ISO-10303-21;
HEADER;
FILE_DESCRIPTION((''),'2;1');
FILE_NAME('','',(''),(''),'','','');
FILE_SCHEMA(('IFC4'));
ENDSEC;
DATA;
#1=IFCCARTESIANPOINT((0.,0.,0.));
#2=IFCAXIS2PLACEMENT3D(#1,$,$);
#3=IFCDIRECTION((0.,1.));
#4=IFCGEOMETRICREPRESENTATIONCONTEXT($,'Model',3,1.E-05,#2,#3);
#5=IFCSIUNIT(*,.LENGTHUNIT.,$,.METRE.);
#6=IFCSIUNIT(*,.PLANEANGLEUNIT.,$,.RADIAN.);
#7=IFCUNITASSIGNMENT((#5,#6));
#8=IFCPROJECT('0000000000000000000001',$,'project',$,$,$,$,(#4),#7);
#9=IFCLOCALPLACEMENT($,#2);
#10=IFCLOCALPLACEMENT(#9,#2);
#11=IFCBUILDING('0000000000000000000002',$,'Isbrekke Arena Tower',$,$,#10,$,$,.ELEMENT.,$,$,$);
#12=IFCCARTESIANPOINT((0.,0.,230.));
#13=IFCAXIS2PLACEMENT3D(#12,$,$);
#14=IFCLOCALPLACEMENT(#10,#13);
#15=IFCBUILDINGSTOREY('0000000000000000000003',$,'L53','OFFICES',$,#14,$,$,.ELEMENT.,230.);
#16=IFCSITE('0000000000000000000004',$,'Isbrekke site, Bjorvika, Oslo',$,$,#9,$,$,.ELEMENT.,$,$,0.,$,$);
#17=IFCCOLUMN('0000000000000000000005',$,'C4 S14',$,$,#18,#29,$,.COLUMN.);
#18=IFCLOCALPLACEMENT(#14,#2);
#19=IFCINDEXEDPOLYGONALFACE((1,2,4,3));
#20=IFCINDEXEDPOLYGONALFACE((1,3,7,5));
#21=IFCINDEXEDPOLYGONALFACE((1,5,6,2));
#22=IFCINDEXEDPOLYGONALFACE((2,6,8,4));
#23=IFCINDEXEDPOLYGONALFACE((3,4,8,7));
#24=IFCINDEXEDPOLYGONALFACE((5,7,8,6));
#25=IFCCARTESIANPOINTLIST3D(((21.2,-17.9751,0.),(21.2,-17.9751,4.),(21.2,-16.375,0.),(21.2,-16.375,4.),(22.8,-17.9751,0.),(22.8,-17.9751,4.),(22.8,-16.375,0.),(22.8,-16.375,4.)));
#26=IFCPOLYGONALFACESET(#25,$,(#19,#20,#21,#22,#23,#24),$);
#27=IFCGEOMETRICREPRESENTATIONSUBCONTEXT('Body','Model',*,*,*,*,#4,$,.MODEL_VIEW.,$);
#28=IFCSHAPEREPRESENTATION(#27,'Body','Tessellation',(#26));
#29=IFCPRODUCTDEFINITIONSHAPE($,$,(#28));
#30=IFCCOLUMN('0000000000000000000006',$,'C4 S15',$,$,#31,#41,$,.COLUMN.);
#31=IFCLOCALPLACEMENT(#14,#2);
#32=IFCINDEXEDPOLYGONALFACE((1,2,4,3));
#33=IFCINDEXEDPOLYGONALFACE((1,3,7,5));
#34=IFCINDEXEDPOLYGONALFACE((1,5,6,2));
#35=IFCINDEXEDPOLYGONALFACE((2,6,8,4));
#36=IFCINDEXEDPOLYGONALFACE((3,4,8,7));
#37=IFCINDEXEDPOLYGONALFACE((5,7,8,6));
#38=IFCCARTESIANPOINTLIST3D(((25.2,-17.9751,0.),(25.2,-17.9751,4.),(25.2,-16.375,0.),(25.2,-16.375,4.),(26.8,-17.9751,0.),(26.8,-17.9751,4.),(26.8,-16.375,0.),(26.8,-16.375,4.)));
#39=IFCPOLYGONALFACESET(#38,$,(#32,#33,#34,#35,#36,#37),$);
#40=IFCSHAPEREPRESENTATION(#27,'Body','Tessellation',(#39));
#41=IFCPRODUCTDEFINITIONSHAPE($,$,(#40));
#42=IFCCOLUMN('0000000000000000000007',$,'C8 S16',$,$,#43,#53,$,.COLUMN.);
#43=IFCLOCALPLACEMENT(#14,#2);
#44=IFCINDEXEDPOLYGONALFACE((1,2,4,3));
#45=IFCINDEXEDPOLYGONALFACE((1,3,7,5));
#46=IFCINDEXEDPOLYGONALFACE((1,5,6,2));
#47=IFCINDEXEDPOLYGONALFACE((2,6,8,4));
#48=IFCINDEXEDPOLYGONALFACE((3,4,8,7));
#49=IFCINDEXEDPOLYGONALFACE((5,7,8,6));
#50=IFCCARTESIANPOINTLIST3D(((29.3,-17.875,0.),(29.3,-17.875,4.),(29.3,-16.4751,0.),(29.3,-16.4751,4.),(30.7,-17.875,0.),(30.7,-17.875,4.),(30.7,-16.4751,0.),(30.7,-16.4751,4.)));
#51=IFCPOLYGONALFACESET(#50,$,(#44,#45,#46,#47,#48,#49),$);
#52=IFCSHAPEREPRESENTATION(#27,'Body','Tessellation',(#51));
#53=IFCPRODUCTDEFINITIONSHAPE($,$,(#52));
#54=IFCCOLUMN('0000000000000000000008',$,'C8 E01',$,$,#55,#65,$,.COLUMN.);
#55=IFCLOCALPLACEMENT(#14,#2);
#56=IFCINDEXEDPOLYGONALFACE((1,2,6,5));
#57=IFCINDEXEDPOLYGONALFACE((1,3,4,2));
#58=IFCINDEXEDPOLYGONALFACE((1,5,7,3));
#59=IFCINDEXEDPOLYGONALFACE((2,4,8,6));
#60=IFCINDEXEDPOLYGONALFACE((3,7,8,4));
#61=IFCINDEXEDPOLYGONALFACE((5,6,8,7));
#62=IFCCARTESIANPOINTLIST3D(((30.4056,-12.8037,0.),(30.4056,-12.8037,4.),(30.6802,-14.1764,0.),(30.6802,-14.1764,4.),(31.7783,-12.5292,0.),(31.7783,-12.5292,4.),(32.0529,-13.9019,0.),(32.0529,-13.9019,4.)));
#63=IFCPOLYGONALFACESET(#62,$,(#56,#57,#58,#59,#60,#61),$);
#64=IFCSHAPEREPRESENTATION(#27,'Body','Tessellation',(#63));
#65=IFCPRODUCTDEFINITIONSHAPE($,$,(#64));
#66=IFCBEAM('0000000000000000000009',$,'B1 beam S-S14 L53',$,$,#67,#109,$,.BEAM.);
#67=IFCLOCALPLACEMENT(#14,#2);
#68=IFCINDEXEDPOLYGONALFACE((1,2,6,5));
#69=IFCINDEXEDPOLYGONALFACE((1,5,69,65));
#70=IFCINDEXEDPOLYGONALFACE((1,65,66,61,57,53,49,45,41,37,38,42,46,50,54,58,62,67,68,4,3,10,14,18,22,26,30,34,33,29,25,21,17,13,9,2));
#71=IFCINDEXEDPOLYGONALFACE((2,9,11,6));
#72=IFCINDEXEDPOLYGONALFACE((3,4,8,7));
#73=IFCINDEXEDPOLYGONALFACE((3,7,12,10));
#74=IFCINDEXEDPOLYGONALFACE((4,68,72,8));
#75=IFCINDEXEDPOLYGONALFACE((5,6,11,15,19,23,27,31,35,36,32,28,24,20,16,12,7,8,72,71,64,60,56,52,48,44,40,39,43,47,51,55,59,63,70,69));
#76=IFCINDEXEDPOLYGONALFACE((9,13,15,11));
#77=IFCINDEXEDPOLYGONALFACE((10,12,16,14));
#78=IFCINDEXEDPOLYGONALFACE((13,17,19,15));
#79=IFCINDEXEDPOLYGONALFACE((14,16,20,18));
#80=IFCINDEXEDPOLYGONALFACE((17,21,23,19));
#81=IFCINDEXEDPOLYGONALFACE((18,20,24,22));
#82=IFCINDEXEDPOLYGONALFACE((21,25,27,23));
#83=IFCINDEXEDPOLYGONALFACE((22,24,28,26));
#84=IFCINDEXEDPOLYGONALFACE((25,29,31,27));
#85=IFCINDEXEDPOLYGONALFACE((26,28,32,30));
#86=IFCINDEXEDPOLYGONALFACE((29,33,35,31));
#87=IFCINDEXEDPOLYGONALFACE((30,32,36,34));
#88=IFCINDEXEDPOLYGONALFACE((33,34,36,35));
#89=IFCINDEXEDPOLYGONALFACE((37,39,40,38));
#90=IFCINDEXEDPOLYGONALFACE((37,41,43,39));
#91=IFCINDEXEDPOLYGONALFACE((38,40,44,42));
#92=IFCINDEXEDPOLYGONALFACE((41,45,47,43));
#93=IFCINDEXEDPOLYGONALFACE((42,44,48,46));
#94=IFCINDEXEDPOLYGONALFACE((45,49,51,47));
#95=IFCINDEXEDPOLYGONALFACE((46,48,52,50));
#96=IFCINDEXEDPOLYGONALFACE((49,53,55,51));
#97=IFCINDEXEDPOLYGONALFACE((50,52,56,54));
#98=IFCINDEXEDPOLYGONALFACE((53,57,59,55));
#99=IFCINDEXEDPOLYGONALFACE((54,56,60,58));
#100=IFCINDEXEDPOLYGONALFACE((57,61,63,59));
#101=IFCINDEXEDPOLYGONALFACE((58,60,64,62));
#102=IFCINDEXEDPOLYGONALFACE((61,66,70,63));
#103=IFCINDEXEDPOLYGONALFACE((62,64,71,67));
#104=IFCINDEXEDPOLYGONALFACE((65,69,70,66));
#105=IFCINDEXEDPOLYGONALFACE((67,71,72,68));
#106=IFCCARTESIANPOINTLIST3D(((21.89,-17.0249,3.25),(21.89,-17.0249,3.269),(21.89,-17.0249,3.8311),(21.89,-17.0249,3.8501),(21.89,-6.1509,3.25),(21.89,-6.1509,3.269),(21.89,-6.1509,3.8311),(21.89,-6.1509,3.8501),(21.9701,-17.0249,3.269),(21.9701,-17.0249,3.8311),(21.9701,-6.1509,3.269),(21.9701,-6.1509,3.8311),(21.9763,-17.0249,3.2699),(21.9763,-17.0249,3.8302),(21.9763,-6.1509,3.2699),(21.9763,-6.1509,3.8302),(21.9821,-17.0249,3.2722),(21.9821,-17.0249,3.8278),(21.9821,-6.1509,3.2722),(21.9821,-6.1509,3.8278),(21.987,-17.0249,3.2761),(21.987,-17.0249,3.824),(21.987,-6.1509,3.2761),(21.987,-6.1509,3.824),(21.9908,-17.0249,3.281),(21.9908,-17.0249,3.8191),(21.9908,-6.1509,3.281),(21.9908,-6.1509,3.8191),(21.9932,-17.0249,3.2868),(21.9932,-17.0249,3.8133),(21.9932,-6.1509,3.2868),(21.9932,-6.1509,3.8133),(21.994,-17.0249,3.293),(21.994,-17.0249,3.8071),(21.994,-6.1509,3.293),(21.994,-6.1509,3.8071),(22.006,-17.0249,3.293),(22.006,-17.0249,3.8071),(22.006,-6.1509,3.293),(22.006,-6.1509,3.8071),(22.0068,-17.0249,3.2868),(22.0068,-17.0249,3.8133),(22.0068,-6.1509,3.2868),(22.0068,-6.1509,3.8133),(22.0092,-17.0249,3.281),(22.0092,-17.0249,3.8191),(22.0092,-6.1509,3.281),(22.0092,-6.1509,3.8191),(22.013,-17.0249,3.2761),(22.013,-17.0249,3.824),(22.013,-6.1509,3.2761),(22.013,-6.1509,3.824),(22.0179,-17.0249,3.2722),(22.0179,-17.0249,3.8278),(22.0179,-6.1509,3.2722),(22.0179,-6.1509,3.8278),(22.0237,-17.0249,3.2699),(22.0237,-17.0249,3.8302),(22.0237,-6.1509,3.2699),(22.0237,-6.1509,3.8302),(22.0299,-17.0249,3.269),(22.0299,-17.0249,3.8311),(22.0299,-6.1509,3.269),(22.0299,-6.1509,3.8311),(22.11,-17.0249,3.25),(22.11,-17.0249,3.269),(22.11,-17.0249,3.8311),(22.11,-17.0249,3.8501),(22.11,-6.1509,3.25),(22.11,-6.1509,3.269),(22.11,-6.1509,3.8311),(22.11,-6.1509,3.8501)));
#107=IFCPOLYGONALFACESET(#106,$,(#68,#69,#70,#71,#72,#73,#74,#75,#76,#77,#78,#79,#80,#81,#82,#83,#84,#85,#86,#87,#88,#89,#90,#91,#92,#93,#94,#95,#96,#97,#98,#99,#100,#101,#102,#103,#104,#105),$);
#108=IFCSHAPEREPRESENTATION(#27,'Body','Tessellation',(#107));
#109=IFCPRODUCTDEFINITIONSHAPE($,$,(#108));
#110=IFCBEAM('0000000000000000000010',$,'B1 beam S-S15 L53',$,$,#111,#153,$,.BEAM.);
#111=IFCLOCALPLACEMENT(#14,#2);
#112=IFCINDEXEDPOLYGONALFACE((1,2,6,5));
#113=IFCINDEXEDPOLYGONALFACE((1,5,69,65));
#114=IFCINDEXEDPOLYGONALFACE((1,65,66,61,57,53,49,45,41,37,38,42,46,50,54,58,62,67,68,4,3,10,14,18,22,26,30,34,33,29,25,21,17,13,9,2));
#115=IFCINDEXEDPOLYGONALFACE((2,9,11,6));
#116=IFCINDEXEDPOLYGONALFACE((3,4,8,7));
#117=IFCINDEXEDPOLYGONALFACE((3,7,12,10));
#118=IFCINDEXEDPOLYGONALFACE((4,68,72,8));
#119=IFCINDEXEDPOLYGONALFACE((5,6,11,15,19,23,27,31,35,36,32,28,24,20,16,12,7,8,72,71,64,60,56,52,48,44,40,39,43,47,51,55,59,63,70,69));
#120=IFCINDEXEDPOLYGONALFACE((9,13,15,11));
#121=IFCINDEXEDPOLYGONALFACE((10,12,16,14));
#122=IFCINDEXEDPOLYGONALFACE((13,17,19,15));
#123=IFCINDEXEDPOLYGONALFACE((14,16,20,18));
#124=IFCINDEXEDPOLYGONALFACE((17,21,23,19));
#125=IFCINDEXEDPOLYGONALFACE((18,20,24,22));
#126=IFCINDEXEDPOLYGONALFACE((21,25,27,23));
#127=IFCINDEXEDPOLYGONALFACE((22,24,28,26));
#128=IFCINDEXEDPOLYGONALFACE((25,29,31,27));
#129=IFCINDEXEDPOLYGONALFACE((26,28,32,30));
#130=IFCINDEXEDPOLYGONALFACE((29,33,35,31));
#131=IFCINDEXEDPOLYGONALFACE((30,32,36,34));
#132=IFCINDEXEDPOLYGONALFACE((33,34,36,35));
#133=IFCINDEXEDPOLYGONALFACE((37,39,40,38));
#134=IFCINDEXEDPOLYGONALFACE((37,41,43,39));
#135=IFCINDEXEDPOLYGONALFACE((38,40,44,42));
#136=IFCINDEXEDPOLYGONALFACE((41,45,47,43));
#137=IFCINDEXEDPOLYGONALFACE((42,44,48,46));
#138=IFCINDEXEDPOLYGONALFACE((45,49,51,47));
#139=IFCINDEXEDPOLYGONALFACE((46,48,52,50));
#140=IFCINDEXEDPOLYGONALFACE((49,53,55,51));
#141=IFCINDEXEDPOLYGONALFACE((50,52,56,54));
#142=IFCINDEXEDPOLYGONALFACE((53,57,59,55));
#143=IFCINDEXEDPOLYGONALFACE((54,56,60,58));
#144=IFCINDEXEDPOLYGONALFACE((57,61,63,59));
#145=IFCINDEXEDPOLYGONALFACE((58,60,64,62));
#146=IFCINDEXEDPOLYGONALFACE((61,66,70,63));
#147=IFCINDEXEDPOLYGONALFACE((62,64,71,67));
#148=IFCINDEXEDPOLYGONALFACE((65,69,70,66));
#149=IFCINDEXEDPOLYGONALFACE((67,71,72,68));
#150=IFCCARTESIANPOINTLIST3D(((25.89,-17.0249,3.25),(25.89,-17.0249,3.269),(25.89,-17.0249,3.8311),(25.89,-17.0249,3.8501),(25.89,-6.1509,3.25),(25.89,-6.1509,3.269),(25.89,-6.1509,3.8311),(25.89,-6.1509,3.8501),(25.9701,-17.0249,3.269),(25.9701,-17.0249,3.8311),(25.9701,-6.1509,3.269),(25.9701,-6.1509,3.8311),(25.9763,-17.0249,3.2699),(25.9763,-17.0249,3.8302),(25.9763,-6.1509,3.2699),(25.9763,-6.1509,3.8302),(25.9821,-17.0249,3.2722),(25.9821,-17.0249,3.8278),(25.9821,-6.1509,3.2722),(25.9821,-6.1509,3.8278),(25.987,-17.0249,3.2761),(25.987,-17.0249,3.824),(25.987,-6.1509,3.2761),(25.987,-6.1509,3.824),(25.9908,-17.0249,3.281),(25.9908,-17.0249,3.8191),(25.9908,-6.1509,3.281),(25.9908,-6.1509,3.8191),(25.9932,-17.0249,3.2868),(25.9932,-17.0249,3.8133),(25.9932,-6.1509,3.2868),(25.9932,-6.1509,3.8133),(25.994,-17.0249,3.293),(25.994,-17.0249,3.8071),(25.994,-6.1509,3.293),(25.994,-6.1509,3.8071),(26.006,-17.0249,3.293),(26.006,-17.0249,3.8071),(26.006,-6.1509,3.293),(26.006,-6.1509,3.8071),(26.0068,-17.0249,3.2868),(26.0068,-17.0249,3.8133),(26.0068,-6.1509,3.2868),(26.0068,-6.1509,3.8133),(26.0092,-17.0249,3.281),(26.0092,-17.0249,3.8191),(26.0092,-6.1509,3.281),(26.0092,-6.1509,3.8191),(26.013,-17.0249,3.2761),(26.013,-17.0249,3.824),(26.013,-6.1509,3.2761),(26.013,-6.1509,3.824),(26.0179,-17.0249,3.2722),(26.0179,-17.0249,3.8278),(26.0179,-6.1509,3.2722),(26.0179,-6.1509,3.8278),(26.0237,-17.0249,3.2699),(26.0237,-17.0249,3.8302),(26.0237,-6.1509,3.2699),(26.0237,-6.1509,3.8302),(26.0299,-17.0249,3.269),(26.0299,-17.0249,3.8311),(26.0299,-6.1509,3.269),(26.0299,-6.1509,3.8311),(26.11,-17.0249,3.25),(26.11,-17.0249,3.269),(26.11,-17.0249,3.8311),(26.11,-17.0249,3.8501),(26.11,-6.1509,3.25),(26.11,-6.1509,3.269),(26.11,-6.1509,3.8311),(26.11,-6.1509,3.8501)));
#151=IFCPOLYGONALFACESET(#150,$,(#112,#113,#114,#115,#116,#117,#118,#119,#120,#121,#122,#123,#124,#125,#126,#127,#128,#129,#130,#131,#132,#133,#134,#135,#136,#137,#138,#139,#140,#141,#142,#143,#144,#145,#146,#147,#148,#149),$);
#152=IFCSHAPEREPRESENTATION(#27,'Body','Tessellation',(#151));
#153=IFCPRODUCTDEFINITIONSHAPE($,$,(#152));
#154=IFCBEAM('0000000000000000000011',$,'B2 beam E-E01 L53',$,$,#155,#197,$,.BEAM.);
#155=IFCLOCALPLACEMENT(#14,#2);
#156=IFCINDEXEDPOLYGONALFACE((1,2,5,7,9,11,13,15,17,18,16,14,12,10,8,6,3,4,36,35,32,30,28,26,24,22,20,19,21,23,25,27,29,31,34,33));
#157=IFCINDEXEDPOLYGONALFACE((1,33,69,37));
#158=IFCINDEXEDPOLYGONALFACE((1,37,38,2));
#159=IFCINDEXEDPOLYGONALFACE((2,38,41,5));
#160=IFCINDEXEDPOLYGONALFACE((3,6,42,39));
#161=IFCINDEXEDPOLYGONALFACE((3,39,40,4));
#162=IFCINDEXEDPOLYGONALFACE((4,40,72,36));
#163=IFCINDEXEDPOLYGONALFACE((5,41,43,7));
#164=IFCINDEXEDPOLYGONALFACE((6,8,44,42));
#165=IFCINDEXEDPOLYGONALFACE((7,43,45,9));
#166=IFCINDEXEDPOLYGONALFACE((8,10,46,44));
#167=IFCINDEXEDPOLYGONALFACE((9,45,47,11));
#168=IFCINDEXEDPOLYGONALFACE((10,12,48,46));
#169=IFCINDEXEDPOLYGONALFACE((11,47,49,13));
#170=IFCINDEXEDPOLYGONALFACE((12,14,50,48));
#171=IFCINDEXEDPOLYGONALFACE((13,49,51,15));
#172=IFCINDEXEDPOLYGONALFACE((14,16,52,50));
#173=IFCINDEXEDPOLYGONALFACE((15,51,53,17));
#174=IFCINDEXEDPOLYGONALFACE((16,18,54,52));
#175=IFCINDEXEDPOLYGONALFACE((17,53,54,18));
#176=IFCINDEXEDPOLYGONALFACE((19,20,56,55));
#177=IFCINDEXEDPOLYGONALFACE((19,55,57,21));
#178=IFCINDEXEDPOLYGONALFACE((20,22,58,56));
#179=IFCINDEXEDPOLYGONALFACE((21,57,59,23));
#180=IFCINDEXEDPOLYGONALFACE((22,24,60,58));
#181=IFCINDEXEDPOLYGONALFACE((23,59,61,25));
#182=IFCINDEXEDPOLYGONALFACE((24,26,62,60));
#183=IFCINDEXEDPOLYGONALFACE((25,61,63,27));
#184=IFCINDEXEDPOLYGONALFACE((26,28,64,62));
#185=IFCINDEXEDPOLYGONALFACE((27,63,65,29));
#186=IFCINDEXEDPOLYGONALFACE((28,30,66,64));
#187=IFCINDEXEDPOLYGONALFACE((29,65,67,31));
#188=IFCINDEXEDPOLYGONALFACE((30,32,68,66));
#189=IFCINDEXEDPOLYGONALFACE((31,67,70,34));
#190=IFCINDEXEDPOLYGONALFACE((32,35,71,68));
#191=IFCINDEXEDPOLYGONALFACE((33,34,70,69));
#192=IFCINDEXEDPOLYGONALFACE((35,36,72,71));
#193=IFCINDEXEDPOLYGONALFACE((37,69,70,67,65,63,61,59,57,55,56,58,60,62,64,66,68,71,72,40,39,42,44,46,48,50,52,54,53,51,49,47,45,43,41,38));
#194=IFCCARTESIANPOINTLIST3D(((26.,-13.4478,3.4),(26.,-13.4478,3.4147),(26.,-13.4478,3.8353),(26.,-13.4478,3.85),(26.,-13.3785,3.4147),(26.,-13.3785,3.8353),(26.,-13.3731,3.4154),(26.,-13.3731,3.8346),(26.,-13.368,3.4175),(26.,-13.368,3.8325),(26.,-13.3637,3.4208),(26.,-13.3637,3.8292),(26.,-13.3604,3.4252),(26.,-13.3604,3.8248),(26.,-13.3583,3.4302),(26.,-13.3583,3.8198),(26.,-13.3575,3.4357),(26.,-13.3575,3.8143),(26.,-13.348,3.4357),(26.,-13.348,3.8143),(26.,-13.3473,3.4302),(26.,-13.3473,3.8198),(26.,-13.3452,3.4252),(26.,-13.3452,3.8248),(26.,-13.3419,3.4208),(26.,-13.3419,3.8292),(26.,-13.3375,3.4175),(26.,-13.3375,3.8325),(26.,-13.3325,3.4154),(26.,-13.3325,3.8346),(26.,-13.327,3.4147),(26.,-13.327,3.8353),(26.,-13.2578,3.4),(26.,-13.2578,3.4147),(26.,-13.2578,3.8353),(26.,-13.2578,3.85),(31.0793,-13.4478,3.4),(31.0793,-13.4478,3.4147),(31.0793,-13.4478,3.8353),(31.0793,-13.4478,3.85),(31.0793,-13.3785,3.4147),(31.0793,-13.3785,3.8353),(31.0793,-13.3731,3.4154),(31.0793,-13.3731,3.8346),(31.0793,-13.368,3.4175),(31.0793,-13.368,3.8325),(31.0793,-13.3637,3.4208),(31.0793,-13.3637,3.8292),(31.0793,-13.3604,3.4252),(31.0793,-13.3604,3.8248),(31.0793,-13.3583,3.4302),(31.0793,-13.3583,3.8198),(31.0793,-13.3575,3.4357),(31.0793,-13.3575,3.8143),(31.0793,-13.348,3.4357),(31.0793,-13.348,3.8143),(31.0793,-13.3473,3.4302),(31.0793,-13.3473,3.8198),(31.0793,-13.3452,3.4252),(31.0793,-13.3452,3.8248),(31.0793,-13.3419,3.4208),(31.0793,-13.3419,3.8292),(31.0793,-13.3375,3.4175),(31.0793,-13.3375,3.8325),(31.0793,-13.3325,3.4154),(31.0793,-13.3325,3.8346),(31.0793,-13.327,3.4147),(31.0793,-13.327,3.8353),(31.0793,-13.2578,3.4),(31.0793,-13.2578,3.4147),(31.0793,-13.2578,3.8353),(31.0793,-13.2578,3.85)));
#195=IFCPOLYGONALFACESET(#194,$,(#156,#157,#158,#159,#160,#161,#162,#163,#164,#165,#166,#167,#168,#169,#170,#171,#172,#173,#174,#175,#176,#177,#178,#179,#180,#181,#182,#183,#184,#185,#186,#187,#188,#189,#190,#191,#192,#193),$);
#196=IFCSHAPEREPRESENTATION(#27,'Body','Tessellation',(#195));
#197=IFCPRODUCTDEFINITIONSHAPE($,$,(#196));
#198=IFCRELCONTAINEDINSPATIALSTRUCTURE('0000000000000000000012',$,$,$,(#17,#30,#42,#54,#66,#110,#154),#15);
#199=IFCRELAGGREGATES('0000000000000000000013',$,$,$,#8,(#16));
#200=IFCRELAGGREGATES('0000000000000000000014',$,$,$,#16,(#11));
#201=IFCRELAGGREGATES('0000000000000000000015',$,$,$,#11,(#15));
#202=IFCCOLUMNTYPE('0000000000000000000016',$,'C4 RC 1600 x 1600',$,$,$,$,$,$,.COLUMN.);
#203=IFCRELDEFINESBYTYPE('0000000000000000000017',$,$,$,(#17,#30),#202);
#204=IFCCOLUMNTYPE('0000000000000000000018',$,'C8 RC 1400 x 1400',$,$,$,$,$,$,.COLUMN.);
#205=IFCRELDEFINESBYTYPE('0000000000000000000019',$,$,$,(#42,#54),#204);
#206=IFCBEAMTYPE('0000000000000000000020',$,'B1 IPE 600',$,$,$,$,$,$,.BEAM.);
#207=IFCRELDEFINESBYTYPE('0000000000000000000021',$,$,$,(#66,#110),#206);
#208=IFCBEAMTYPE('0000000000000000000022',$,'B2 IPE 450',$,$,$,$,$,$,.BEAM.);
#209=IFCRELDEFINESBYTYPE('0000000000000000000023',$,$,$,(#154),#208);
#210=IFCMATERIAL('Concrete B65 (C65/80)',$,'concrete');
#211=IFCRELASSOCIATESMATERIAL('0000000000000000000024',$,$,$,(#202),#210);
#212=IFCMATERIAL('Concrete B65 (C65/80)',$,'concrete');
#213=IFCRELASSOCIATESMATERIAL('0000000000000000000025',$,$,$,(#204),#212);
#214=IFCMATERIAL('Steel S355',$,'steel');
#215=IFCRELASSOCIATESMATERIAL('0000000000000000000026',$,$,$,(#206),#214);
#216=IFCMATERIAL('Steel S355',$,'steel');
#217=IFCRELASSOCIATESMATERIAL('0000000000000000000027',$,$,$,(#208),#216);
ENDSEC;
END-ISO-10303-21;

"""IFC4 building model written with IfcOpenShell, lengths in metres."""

from ifc_helpers import new_model, si_unit, direction, frame, origin, origin_2d, place, context, subcontext, project, spatial, rectangle, i_section, extrude, material, material_profile, profile_set, type_object, element, save


model = new_model("IFC4")

# Units and contexts
model_context = context("Model", 3, precision=1e-05, world=origin(), true_north=direction((0.0, 1.0)))
body_context = subcontext(model_context, "Body", "Model", "MODEL_VIEW")
ifc_project = project(units=[si_unit("LENGTHUNIT", "METRE"), si_unit("PLANEANGLEUNIT", "RADIAN")], contexts=[model_context])

# Site, building, storey
site_placement = place(None, origin())
site = spatial("IfcSite", under=ifc_project, at=site_placement, Name="Isbrekke site, Bjorvika, Oslo", CompositionType="ELEMENT", RefElevation=0.0)
building_placement = place(site_placement, origin())
building = spatial("IfcBuilding", under=site, at=building_placement, Name="Isbrekke Arena Tower", CompositionType="ELEMENT")
storey_placement = place(building_placement, frame((0.0, 0.0, 230.0)))
storey = spatial("IfcBuildingStorey", under=building, at=storey_placement, Name="L53", Description="OFFICES", CompositionType="ELEMENT", Elevation=230.0)

# Columns
ifc_material_1 = material(Name="Concrete B65 (C65/80)", Category="concrete")
ifc_material_profile_1 = material_profile(ifc_material_1, rectangle(XDim=1.6001, YDim=1.6001, at=origin_2d()), Name="RC 1600x1600")
ifc_profile_set_1 = profile_set([ifc_material_profile_1], Name="Concrete B65 (C65/80)")
column_type_1 = type_object("IfcColumnType", Name="C4 RC 1600 x 1600", PredefinedType="COLUMN", material=ifc_profile_set_1)
for number, where, z_axis, x_axis, name in (
    (1, (22.0, -17.175, 0.0), (0.0, 0.0, 1.0), (1.0, 0.0, 0.0), "C4 S14"),
    (2, (26.0, -17.175, 0.0), (0.0, 0.0, 1.0), (1.0, 0.0, 0.0), "C4 S15"),
):
    element("IfcColumn", number, at=place(storey_placement, frame(where, z_axis=z_axis, x_axis=x_axis)), inside=storey, type_object=column_type_1, Name=name, PredefinedType="COLUMN", context=body_context, shape_type="SweptSolid", body=[
        extrude(rectangle(XDim=1.6001, YDim=1.6001, at=origin_2d()), origin(), (0.0, 0.0, 1.0), 4.0),
    ])
ifc_material_2 = material(Name="Concrete B65 (C65/80)", Category="concrete")
ifc_material_profile_2 = material_profile(ifc_material_2, rectangle(XDim=1.3999, YDim=1.3999, at=origin_2d()), Name="RC 1400x1400")
ifc_profile_set_2 = profile_set([ifc_material_profile_2], Name="Concrete B65 (C65/80)")
column_type_2 = type_object("IfcColumnType", Name="C8 RC 1400 x 1400", PredefinedType="COLUMN", material=ifc_profile_set_2)
for number, where, z_axis, x_axis, name in (
    (3, (30.0, -17.175, 0.0), (0.0, 0.0, 1.0), (1.0, 0.0, 0.0), "C8 S16"),
    (4, (31.2292, -13.3528, 0.0), (0.0, 0.0, 1.0), (-0.196116, 0.980581, 0.0), "C8 E01"),
):
    element("IfcColumn", number, at=place(storey_placement, frame(where, z_axis=z_axis, x_axis=x_axis)), inside=storey, type_object=column_type_2, Name=name, PredefinedType="COLUMN", context=body_context, shape_type="SweptSolid", body=[
        extrude(rectangle(XDim=1.3999, YDim=1.3999, at=origin_2d()), origin(), (0.0, 0.0, 1.0), 4.0),
    ])

# Beams
ifc_material_3 = material(Name="Steel S355", Category="steel")
ifc_material_profile_3 = material_profile(ifc_material_3, i_section(OverallWidth=0.22, OverallDepth=0.6001, WebThickness=0.012, FlangeThickness=0.019, FilletRadius=0.0239, at=origin_2d()), Name="IPE 600")
ifc_profile_set_3 = profile_set([ifc_material_profile_3], Name="Steel S355")
beam_type_1 = type_object("IfcBeamType", Name="B1 IPE 600", PredefinedType="BEAM", material=ifc_profile_set_3)
for number, where, z_axis, x_axis, name in (
    (5, (22.0, -17.0249, 3.55), (0.0, 1.0, 0.0), (-1.0, 0.0, 0.0), "B1 beam S-S14 L53"),
    (6, (26.0, -17.0249, 3.55), (0.0, 1.0, 0.0), (-1.0, 0.0, 0.0), "B1 beam S-S15 L53"),
):
    element("IfcBeam", number, at=place(storey_placement, frame(where, z_axis=z_axis, x_axis=x_axis)), inside=storey, type_object=beam_type_1, Name=name, PredefinedType="BEAM", context=body_context, shape_type="SweptSolid", body=[
        extrude(i_section(OverallWidth=0.22, OverallDepth=0.6001, WebThickness=0.012, FlangeThickness=0.019, FilletRadius=0.0239, at=origin_2d()), origin(), (0.0, 0.0, 1.0), 10.874),
    ])
ifc_material_4 = material(Name="Steel S355", Category="steel")
ifc_material_profile_4 = material_profile(ifc_material_4, i_section(OverallWidth=0.1899, OverallDepth=0.45, WebThickness=0.0095, FlangeThickness=0.0146, FilletRadius=0.021, at=origin_2d()), Name="IPE 450")
ifc_profile_set_4 = profile_set([ifc_material_profile_4], Name="Steel S355")
beam_type_2 = type_object("IfcBeamType", Name="B2 IPE 450", PredefinedType="BEAM", material=ifc_profile_set_4)
beam_1_placement = place(storey_placement, frame((31.0793, -13.3528, 3.625), z_axis=(-1.0, 0.0, 0.0), x_axis=(0.0, -1.0, 0.0)))
element("IfcBeam", 7, at=beam_1_placement, inside=storey, type_object=beam_type_2, Name="B2 beam E-E01 L53", PredefinedType="BEAM", context=body_context, shape_type="SweptSolid", body=[
    extrude(i_section(OverallWidth=0.1899, OverallDepth=0.45, WebThickness=0.0095, FlangeThickness=0.0146, FilletRadius=0.021, at=origin_2d()), origin(), (0.0, 0.0, 1.0), 5.0793),
])

save(model, "model.ifc")
